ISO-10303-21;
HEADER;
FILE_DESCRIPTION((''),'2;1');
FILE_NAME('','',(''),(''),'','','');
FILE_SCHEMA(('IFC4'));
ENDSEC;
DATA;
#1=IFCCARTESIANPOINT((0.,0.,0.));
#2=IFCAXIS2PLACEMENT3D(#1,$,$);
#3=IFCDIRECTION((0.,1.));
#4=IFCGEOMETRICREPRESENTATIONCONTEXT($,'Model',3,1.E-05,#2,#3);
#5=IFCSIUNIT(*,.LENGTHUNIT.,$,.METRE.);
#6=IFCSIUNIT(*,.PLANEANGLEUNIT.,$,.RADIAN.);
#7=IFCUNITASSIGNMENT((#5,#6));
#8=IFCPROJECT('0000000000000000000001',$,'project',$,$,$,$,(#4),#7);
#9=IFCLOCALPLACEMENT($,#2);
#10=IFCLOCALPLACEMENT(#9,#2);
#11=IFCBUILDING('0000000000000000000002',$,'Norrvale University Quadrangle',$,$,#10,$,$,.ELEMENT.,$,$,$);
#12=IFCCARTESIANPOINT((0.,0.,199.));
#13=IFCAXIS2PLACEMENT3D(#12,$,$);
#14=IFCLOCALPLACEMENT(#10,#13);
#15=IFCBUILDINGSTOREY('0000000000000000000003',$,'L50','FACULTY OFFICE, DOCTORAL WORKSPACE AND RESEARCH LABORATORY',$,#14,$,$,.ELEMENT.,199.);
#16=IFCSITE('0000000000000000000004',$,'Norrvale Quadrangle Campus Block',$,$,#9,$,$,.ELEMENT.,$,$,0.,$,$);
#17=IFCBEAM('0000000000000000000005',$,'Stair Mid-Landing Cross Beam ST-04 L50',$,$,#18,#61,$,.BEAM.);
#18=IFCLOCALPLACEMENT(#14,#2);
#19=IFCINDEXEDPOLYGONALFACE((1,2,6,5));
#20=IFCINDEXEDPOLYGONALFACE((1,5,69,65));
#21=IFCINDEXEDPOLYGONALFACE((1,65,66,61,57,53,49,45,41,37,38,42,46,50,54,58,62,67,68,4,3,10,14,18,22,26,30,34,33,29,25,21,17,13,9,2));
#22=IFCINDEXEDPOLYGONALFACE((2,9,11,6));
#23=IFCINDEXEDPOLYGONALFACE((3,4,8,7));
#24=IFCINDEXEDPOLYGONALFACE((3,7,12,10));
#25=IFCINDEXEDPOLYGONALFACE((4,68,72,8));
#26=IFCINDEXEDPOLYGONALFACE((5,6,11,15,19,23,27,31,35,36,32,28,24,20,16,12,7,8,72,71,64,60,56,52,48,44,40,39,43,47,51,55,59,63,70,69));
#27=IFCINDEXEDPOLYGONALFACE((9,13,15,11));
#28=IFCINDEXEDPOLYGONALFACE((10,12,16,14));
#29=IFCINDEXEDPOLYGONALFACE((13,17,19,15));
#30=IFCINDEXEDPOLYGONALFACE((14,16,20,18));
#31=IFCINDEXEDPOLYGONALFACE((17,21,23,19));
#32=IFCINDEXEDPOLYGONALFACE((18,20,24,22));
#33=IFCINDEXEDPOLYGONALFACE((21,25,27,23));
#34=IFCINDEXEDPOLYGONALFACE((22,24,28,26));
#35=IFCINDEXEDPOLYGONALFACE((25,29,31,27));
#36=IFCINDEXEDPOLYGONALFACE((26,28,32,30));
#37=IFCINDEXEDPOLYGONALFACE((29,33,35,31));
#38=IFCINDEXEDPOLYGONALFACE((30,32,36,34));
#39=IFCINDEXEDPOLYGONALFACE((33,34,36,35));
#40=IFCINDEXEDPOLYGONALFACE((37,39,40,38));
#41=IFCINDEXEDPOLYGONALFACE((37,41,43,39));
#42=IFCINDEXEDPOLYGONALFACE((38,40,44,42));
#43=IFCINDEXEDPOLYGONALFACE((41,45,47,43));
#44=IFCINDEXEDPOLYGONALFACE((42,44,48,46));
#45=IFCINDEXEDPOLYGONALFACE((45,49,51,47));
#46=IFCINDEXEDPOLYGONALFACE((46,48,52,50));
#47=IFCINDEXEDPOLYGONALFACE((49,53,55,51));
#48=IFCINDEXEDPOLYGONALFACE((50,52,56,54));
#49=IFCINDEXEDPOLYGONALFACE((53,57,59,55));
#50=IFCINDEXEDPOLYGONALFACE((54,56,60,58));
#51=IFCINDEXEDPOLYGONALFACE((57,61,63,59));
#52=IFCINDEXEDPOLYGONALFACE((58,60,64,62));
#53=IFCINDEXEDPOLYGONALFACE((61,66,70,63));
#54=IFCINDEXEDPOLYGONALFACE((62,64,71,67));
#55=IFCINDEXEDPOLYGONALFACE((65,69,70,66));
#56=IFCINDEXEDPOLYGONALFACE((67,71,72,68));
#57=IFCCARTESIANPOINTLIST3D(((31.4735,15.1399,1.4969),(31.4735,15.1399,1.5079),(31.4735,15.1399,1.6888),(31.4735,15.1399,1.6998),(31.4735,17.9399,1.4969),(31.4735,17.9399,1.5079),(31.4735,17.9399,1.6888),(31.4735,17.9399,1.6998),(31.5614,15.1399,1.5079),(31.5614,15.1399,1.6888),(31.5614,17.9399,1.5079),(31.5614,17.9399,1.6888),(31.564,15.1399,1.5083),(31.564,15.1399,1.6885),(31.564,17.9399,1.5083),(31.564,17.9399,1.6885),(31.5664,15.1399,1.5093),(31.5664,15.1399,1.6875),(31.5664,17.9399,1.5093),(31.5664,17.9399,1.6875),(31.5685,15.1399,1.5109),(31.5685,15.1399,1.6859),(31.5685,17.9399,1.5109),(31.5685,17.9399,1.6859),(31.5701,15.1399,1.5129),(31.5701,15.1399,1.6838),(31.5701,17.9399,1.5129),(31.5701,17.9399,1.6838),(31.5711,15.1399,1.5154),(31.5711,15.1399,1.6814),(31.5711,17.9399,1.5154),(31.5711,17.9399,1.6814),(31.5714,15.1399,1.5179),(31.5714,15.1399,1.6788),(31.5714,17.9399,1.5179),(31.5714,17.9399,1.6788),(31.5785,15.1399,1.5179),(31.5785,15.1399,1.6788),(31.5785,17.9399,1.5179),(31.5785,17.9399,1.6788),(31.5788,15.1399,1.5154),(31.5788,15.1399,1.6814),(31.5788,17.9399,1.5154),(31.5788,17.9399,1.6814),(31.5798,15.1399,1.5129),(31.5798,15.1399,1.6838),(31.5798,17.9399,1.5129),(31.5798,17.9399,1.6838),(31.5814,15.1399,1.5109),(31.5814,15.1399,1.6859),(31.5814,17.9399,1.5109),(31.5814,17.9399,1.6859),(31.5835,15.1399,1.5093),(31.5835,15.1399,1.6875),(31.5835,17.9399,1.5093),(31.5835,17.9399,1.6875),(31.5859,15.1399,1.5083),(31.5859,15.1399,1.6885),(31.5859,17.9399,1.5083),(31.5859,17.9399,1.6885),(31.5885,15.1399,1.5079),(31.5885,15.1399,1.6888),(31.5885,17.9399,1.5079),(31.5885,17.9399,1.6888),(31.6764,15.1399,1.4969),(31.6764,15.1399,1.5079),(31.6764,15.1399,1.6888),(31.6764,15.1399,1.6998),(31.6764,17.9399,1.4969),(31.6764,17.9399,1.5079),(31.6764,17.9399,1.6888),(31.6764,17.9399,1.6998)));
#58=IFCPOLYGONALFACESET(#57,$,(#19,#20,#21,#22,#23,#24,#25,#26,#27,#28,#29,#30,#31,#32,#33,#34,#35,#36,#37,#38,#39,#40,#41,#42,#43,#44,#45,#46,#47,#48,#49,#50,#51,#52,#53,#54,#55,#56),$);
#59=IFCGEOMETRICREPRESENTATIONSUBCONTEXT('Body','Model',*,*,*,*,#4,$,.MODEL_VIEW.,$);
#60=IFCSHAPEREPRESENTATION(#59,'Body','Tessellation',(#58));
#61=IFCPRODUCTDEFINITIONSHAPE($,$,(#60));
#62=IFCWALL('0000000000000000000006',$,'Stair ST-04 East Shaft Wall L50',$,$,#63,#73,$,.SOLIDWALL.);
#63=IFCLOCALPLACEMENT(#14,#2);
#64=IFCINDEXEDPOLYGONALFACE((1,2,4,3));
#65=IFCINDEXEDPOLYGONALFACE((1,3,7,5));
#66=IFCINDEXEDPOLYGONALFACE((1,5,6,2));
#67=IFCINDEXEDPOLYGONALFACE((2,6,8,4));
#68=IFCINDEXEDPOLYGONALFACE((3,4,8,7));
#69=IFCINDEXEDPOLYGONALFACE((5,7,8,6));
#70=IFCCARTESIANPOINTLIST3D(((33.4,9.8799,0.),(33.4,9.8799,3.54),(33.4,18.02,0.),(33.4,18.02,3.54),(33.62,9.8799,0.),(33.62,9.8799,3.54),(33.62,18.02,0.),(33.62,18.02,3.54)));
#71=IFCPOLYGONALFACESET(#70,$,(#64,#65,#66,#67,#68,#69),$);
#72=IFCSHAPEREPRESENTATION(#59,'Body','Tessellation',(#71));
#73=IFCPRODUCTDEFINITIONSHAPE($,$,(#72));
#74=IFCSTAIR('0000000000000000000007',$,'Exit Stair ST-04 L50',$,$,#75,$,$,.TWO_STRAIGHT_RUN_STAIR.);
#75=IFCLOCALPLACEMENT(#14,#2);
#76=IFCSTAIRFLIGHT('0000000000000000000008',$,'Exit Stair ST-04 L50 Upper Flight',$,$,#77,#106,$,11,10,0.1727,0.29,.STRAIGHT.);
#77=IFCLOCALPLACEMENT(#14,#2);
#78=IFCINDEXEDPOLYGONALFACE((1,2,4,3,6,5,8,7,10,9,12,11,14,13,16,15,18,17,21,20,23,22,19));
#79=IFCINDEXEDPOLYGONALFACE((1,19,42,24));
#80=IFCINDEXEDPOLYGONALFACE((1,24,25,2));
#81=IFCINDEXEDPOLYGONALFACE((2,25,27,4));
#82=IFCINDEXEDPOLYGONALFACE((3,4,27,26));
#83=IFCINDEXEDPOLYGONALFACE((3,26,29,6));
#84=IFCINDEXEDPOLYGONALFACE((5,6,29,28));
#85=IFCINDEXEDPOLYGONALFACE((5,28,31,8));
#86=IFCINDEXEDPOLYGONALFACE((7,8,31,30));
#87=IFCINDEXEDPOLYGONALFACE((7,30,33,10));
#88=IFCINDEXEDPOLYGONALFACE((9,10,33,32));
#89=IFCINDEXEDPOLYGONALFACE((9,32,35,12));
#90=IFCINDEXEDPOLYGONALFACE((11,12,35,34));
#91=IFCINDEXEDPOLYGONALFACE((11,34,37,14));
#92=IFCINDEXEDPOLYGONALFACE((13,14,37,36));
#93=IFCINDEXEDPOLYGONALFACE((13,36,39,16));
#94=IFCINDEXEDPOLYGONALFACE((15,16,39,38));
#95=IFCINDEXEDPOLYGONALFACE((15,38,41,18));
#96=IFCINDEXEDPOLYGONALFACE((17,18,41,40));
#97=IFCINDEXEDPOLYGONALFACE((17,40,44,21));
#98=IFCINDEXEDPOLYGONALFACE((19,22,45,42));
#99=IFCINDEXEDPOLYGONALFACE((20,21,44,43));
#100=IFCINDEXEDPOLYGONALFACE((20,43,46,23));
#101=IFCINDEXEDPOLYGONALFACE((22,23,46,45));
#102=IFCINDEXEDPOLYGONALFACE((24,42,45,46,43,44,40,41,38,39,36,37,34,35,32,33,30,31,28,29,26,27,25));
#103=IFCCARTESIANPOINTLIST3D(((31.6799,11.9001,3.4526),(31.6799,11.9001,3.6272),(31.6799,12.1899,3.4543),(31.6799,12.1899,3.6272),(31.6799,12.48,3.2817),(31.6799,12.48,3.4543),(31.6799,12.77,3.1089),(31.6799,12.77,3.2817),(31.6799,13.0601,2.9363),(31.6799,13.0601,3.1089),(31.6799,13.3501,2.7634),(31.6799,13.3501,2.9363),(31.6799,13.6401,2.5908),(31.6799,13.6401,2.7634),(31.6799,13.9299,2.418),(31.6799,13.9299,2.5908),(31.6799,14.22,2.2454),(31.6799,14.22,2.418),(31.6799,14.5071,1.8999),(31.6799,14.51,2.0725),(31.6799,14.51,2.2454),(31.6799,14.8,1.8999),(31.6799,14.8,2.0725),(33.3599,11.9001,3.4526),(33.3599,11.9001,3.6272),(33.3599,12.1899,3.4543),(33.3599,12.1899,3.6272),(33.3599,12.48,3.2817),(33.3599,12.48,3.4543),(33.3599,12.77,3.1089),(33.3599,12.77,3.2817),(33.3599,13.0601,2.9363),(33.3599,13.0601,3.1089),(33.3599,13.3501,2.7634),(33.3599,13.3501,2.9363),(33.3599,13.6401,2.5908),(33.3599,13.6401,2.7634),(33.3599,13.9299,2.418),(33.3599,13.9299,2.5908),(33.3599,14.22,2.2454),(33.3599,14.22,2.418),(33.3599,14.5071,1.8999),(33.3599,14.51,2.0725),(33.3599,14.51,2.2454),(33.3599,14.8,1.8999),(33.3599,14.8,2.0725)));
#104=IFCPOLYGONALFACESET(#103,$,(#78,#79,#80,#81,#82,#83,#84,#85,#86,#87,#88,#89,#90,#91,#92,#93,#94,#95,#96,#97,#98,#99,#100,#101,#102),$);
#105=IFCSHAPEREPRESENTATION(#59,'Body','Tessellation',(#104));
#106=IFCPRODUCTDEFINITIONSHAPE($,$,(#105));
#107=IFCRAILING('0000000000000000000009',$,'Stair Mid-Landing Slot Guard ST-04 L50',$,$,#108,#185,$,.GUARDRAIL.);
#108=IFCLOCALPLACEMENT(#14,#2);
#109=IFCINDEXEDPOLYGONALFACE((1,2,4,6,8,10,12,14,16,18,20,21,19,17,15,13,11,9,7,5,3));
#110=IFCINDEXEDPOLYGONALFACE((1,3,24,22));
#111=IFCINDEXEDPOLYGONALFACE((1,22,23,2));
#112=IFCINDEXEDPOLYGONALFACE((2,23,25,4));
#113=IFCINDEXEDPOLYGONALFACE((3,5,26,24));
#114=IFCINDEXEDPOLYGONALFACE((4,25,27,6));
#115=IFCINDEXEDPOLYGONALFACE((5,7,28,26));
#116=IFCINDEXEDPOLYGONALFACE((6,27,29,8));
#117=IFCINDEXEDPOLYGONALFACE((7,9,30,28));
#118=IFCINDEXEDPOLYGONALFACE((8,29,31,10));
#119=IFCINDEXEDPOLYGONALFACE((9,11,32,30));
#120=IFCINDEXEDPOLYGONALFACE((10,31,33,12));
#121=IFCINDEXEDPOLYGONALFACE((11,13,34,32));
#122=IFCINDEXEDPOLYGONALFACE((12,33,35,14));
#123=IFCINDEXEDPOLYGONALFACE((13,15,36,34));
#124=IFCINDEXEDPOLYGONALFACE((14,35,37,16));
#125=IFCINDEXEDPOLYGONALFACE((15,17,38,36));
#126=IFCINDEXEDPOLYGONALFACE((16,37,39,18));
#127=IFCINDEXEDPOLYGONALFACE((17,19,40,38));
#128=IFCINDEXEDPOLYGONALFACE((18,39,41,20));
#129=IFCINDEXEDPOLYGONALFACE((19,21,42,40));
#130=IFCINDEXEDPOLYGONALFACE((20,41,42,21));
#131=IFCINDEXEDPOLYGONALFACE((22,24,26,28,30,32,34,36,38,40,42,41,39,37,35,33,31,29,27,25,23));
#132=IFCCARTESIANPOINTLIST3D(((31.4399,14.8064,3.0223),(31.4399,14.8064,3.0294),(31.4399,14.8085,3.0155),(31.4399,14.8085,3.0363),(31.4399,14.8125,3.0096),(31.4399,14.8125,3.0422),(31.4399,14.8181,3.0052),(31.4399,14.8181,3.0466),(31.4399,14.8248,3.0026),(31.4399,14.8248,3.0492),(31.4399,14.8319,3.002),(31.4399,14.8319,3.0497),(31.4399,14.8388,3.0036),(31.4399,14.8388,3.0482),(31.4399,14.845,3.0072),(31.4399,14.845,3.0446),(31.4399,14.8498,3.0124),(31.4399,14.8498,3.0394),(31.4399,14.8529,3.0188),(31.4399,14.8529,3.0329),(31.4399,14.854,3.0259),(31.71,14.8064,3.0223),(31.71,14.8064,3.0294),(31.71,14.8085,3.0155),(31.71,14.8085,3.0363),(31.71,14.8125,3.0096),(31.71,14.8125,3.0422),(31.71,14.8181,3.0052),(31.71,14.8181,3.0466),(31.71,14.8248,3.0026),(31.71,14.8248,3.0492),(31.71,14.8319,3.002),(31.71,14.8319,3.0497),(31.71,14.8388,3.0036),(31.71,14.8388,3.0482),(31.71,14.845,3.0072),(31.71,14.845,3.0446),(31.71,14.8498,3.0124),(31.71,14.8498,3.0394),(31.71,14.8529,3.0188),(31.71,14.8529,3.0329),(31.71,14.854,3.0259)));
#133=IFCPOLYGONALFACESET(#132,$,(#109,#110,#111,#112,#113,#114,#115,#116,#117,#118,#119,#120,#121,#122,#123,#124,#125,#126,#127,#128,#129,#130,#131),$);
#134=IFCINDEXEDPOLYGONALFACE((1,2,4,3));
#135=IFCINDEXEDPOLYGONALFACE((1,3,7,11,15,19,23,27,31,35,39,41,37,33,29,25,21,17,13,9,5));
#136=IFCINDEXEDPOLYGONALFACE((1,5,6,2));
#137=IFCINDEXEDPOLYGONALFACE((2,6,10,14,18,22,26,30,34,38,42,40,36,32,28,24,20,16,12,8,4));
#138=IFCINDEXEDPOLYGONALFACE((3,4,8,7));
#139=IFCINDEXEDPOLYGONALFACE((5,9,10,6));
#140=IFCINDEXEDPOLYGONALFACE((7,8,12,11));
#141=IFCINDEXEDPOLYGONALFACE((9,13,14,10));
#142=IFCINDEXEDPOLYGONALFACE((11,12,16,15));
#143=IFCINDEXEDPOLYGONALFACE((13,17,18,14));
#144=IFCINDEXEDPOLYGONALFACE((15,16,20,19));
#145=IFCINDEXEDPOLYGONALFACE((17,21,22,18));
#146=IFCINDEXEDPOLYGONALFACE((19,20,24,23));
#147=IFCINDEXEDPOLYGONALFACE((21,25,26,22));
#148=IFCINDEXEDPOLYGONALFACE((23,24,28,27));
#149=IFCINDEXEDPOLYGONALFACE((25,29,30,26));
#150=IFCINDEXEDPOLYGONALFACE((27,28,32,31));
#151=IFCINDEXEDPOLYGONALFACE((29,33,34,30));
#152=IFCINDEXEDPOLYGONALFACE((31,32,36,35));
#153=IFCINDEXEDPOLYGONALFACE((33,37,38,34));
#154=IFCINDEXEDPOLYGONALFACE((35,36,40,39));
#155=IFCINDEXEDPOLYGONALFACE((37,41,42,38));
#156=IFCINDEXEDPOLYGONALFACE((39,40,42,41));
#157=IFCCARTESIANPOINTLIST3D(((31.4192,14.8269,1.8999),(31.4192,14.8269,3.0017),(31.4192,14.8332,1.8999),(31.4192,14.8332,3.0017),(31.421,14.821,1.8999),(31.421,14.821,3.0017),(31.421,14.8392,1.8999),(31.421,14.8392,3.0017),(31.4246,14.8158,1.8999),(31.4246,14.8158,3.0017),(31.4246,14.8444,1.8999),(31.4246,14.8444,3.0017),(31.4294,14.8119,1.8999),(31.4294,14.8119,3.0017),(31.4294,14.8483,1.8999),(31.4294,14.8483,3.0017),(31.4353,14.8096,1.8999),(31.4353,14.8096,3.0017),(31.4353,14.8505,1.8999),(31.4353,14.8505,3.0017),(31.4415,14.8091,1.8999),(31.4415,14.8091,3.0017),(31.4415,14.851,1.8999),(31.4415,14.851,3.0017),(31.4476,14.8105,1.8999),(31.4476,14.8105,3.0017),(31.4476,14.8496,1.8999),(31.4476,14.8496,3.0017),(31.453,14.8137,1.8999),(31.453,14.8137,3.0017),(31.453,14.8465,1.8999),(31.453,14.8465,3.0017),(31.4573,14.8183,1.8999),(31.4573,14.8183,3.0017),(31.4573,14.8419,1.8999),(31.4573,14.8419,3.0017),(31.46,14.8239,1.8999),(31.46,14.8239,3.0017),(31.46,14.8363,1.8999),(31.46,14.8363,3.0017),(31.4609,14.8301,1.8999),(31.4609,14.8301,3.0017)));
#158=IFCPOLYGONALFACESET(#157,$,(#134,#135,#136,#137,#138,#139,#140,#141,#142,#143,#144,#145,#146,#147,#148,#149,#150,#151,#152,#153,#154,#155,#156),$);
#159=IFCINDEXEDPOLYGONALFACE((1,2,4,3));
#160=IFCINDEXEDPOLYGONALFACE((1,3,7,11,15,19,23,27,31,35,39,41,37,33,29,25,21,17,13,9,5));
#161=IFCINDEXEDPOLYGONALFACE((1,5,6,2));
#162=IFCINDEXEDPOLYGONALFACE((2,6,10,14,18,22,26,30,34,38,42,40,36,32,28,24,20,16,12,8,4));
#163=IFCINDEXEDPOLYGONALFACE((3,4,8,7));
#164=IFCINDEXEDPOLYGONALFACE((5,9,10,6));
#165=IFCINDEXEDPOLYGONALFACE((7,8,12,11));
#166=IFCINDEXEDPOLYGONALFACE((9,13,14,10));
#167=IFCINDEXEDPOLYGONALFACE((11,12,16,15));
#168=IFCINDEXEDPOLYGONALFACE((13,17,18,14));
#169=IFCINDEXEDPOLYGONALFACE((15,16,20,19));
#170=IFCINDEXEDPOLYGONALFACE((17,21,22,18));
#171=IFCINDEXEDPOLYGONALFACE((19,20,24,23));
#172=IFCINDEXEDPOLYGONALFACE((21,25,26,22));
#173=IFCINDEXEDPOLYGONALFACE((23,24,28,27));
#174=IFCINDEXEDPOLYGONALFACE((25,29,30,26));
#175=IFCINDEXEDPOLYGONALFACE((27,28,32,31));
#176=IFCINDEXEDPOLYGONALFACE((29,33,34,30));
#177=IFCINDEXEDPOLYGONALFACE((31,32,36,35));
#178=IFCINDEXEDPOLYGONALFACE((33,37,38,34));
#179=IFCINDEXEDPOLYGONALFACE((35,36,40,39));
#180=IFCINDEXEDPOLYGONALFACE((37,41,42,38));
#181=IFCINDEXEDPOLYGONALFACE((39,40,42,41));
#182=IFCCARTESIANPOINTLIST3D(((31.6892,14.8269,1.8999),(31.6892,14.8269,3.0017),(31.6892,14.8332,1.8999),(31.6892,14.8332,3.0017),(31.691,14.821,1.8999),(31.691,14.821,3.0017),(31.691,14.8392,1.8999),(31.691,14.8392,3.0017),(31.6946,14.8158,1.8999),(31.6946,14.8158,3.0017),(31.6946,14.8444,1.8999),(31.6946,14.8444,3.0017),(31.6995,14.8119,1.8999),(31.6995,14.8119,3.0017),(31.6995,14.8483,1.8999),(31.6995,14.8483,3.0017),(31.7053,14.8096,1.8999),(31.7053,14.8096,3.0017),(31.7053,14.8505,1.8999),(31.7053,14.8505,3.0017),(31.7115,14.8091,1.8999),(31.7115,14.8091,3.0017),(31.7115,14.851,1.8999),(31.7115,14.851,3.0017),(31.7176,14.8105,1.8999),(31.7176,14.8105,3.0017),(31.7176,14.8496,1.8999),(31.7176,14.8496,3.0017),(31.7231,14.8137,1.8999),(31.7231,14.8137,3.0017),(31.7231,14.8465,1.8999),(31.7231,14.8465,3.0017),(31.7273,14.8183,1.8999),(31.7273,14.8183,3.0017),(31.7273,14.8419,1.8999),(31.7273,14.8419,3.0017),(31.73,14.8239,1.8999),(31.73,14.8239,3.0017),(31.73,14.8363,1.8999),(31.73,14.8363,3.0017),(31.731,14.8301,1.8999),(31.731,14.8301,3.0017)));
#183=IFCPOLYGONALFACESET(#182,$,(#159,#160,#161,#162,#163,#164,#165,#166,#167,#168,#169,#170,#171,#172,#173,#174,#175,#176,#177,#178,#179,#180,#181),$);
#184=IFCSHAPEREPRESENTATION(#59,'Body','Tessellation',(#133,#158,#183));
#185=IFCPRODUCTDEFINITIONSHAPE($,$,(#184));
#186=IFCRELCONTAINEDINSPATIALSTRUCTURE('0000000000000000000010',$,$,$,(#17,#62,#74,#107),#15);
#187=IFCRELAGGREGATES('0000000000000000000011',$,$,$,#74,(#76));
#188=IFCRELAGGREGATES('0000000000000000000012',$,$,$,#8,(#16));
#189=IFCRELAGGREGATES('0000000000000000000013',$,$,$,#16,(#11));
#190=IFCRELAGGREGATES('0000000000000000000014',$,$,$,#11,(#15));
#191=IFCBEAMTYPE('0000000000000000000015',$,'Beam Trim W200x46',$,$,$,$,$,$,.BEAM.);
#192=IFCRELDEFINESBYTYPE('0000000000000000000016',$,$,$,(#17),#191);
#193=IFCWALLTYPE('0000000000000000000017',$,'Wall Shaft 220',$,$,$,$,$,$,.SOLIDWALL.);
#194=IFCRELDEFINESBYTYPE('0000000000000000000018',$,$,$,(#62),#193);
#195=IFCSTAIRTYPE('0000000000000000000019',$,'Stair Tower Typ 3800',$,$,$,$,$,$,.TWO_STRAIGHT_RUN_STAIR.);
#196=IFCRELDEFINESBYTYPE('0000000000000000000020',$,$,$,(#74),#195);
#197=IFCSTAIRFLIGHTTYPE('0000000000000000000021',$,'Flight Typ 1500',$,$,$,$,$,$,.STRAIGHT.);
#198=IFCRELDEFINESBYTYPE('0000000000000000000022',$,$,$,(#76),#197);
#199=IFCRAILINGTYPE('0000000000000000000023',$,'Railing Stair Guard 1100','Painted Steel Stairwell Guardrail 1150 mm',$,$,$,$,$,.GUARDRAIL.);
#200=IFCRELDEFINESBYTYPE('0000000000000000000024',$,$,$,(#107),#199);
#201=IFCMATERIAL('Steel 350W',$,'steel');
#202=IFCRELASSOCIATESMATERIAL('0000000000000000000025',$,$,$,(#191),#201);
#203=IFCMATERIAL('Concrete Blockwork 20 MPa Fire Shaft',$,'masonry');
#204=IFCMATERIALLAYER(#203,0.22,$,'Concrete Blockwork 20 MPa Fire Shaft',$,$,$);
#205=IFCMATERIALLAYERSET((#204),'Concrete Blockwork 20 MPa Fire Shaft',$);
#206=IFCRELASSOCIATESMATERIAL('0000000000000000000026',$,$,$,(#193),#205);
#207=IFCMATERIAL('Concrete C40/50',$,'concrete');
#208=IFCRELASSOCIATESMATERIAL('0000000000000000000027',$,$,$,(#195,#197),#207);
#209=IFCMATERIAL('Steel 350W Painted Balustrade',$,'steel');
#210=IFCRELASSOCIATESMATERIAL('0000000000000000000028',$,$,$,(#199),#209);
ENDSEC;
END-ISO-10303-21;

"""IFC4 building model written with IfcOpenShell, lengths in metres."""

from ifc_helpers import new_model, si_unit, direction, frame, frame_2d, origin, origin_2d, place, context, subcontext, project, spatial, polyline, rectangle, circle, i_section, outline, extrude, material, layer, layer_set, material_profile, profile_set, type_object, element, aggregate, save


model = new_model("IFC4")

# Units and contexts
model_context = context("Model", 3, precision=1e-05, world=origin(), true_north=direction((0.0, 1.0)))
body_context = subcontext(model_context, "Body", "Model", "MODEL_VIEW")
ifc_project = project(units=[si_unit("LENGTHUNIT", "METRE"), si_unit("PLANEANGLEUNIT", "RADIAN")], contexts=[model_context])

# Site, building, storey
site_placement = place(None, origin())
site = spatial("IfcSite", under=ifc_project, at=site_placement, Name="Norrvale Quadrangle Campus Block", CompositionType="ELEMENT", RefElevation=0.0)
building_placement = place(site_placement, origin())
building = spatial("IfcBuilding", under=site, at=building_placement, Name="Norrvale University Quadrangle", CompositionType="ELEMENT")
storey_placement = place(building_placement, frame((0.0, 0.0, 199.0)))
storey = spatial("IfcBuildingStorey", under=building, at=storey_placement, Name="L50", Description="FACULTY OFFICE, DOCTORAL WORKSPACE AND RESEARCH LABORATORY", CompositionType="ELEMENT", Elevation=199.0)

# Beam
ifc_material_1 = material(Name="Steel 350W", Category="steel")
ifc_material_profile_1 = material_profile(ifc_material_1, i_section(OverallWidth=0.2029, OverallDepth=0.2029, WebThickness=0.0071, FlangeThickness=0.011, FilletRadius=0.01, at=origin_2d()), Name="Steel 350W")
ifc_profile_set_1 = profile_set([ifc_material_profile_1], Name="Steel 350W")
beam_type_1 = type_object("IfcBeamType", Name="Beam Trim W200x46", PredefinedType="BEAM", material=ifc_profile_set_1)
beam_1_placement = place(storey_placement, frame((31.575, 15.1399, 1.5984), z_axis=(0.0, 1.0, 0.0), x_axis=(-1.0, 0.0, 0.0)))
element("IfcBeam", 1, at=beam_1_placement, inside=storey, type_object=beam_type_1, Name="Stair Mid-Landing Cross Beam ST-04 L50", PredefinedType="BEAM", context=body_context, shape_type="SweptSolid", body=[
    extrude(i_section(OverallWidth=0.2029, OverallDepth=0.2029, WebThickness=0.0071, FlangeThickness=0.011, FilletRadius=0.01, at=origin_2d()), origin(), (0.0, 0.0, 1.0), 2.8),
])

# Wall
ifc_material_2 = material(Name="Concrete Blockwork 20 MPa Fire Shaft", Category="masonry")
ifc_layer_1 = layer(ifc_material_2, 0.22, Name="Concrete Blockwork 20 MPa Fire Shaft")
ifc_layer_set_1 = layer_set([ifc_layer_1], Name="Concrete Blockwork 20 MPa Fire Shaft")
wall_type_1 = type_object("IfcWallType", Name="Wall Shaft 220", PredefinedType="SOLIDWALL", material=ifc_layer_set_1)
wall_1_placement = place(storey_placement, frame((33.51, 9.8799, 0.0), z_axis=(0.0, 0.0, 1.0), x_axis=(0.0, 1.0, 0.0)))
element("IfcWall", 2, at=wall_1_placement, inside=storey, type_object=wall_type_1, Name="Stair ST-04 East Shaft Wall L50", PredefinedType="SOLIDWALL", context=body_context, shape_type="SweptSolid", body=[
    extrude(rectangle(XDim=8.1401, YDim=0.22, at=frame_2d((4.0701, 0.0))), origin(), (0.0, 0.0, 1.0), 3.54),
])

# Stair, stair flight
ifc_material_3 = material(Name="Concrete C40/50", Category="concrete")
stair_type = type_object("IfcStairType", Name="Stair Tower Typ 3800", PredefinedType="TWO_STRAIGHT_RUN_STAIR", material=ifc_material_3)
stair_placement = place(storey_placement, origin())
stair = element("IfcStair", 3, at=stair_placement, inside=storey, type_object=stair_type, Name="Exit Stair ST-04 L50", PredefinedType="TWO_STRAIGHT_RUN_STAIR")
stair_flight_type = type_object("IfcStairFlightType", Name="Flight Typ 1500", PredefinedType="STRAIGHT", material=ifc_material_3)
stair_flight_placement = place(storey_placement, frame((32.52, 14.8, 1.8999), z_axis=(0.0, 0.0, 1.0), x_axis=(0.0, -1.0, 0.0)))
stair_flight = element("IfcStairFlight", 4, at=stair_flight_placement, type_object=stair_flight_type, Name="Exit Stair ST-04 L50 Upper Flight", NumberOfRisers=11, NumberOfTreads=10, PredefinedType="STRAIGHT", RiserHeight=0.1727, TreadLength=0.29, context=body_context, shape_type="SweptSolid", body=[
    extrude(outline(polyline([(0.0, 0.0), (0.0, 0.1726), (0.29, 0.1726), (0.29, 0.3455), (0.5801, 0.3455), (0.5801, 0.5181), (0.8701, 0.5181), (0.8701, 0.6909), (1.1599, 0.6909), (1.1599, 0.8635), (1.45, 0.8635), (1.45, 1.0364), (1.74, 1.0364), (1.74, 1.209), (2.03, 1.209), (2.03, 1.3818), (2.3201, 1.3818), (2.3201, 1.5544), (2.6101, 1.5544), (2.6101, 1.7273), (2.8999, 1.7273), (2.8999, 1.8999), (2.8999, 1.5527), (0.293, 0.0), (0.0, 0.0)])), frame((0.0, 0.8398, 0.0), z_axis=(0.0, -1.0, 0.0), x_axis=(1.0, 0.0, 0.0)), (0.0, 0.0, 1.0), 1.6799),
])
aggregate(stair, [stair_flight])

# Railing
ifc_material_4 = material(Name="Steel 350W Painted Balustrade", Category="steel")
railing_type_1 = type_object("IfcRailingType", Name="Railing Stair Guard 1100", Description="Painted Steel Stairwell Guardrail 1150 mm", PredefinedType="GUARDRAIL", material=ifc_material_4)
railing_1_placement = place(storey_placement, frame((31.4399, 14.8301, 1.8999)))
element("IfcRailing", 5, at=railing_1_placement, inside=storey, type_object=railing_type_1, Name="Stair Mid-Landing Slot Guard ST-04 L50", PredefinedType="GUARDRAIL", context=body_context, shape_type="SweptSolid", body=[
    extrude(circle(Radius=0.0239, at=origin_2d()), frame((0.0, 0.0, 1.126), z_axis=(1.0, 0.0, 0.0), x_axis=(0.0, 1.0, 0.0)), (0.0, 0.0, 1.0), 0.27),
    extrude(circle(Radius=0.021, at=origin_2d()), origin(), (0.0, 0.0, 1.0), 1.1018),
    extrude(circle(Radius=0.021, at=origin_2d()), frame((0.27, 0.0, 0.0)), (0.0, 0.0, 1.0), 1.1018),
])

save(model, "model.ifc")
